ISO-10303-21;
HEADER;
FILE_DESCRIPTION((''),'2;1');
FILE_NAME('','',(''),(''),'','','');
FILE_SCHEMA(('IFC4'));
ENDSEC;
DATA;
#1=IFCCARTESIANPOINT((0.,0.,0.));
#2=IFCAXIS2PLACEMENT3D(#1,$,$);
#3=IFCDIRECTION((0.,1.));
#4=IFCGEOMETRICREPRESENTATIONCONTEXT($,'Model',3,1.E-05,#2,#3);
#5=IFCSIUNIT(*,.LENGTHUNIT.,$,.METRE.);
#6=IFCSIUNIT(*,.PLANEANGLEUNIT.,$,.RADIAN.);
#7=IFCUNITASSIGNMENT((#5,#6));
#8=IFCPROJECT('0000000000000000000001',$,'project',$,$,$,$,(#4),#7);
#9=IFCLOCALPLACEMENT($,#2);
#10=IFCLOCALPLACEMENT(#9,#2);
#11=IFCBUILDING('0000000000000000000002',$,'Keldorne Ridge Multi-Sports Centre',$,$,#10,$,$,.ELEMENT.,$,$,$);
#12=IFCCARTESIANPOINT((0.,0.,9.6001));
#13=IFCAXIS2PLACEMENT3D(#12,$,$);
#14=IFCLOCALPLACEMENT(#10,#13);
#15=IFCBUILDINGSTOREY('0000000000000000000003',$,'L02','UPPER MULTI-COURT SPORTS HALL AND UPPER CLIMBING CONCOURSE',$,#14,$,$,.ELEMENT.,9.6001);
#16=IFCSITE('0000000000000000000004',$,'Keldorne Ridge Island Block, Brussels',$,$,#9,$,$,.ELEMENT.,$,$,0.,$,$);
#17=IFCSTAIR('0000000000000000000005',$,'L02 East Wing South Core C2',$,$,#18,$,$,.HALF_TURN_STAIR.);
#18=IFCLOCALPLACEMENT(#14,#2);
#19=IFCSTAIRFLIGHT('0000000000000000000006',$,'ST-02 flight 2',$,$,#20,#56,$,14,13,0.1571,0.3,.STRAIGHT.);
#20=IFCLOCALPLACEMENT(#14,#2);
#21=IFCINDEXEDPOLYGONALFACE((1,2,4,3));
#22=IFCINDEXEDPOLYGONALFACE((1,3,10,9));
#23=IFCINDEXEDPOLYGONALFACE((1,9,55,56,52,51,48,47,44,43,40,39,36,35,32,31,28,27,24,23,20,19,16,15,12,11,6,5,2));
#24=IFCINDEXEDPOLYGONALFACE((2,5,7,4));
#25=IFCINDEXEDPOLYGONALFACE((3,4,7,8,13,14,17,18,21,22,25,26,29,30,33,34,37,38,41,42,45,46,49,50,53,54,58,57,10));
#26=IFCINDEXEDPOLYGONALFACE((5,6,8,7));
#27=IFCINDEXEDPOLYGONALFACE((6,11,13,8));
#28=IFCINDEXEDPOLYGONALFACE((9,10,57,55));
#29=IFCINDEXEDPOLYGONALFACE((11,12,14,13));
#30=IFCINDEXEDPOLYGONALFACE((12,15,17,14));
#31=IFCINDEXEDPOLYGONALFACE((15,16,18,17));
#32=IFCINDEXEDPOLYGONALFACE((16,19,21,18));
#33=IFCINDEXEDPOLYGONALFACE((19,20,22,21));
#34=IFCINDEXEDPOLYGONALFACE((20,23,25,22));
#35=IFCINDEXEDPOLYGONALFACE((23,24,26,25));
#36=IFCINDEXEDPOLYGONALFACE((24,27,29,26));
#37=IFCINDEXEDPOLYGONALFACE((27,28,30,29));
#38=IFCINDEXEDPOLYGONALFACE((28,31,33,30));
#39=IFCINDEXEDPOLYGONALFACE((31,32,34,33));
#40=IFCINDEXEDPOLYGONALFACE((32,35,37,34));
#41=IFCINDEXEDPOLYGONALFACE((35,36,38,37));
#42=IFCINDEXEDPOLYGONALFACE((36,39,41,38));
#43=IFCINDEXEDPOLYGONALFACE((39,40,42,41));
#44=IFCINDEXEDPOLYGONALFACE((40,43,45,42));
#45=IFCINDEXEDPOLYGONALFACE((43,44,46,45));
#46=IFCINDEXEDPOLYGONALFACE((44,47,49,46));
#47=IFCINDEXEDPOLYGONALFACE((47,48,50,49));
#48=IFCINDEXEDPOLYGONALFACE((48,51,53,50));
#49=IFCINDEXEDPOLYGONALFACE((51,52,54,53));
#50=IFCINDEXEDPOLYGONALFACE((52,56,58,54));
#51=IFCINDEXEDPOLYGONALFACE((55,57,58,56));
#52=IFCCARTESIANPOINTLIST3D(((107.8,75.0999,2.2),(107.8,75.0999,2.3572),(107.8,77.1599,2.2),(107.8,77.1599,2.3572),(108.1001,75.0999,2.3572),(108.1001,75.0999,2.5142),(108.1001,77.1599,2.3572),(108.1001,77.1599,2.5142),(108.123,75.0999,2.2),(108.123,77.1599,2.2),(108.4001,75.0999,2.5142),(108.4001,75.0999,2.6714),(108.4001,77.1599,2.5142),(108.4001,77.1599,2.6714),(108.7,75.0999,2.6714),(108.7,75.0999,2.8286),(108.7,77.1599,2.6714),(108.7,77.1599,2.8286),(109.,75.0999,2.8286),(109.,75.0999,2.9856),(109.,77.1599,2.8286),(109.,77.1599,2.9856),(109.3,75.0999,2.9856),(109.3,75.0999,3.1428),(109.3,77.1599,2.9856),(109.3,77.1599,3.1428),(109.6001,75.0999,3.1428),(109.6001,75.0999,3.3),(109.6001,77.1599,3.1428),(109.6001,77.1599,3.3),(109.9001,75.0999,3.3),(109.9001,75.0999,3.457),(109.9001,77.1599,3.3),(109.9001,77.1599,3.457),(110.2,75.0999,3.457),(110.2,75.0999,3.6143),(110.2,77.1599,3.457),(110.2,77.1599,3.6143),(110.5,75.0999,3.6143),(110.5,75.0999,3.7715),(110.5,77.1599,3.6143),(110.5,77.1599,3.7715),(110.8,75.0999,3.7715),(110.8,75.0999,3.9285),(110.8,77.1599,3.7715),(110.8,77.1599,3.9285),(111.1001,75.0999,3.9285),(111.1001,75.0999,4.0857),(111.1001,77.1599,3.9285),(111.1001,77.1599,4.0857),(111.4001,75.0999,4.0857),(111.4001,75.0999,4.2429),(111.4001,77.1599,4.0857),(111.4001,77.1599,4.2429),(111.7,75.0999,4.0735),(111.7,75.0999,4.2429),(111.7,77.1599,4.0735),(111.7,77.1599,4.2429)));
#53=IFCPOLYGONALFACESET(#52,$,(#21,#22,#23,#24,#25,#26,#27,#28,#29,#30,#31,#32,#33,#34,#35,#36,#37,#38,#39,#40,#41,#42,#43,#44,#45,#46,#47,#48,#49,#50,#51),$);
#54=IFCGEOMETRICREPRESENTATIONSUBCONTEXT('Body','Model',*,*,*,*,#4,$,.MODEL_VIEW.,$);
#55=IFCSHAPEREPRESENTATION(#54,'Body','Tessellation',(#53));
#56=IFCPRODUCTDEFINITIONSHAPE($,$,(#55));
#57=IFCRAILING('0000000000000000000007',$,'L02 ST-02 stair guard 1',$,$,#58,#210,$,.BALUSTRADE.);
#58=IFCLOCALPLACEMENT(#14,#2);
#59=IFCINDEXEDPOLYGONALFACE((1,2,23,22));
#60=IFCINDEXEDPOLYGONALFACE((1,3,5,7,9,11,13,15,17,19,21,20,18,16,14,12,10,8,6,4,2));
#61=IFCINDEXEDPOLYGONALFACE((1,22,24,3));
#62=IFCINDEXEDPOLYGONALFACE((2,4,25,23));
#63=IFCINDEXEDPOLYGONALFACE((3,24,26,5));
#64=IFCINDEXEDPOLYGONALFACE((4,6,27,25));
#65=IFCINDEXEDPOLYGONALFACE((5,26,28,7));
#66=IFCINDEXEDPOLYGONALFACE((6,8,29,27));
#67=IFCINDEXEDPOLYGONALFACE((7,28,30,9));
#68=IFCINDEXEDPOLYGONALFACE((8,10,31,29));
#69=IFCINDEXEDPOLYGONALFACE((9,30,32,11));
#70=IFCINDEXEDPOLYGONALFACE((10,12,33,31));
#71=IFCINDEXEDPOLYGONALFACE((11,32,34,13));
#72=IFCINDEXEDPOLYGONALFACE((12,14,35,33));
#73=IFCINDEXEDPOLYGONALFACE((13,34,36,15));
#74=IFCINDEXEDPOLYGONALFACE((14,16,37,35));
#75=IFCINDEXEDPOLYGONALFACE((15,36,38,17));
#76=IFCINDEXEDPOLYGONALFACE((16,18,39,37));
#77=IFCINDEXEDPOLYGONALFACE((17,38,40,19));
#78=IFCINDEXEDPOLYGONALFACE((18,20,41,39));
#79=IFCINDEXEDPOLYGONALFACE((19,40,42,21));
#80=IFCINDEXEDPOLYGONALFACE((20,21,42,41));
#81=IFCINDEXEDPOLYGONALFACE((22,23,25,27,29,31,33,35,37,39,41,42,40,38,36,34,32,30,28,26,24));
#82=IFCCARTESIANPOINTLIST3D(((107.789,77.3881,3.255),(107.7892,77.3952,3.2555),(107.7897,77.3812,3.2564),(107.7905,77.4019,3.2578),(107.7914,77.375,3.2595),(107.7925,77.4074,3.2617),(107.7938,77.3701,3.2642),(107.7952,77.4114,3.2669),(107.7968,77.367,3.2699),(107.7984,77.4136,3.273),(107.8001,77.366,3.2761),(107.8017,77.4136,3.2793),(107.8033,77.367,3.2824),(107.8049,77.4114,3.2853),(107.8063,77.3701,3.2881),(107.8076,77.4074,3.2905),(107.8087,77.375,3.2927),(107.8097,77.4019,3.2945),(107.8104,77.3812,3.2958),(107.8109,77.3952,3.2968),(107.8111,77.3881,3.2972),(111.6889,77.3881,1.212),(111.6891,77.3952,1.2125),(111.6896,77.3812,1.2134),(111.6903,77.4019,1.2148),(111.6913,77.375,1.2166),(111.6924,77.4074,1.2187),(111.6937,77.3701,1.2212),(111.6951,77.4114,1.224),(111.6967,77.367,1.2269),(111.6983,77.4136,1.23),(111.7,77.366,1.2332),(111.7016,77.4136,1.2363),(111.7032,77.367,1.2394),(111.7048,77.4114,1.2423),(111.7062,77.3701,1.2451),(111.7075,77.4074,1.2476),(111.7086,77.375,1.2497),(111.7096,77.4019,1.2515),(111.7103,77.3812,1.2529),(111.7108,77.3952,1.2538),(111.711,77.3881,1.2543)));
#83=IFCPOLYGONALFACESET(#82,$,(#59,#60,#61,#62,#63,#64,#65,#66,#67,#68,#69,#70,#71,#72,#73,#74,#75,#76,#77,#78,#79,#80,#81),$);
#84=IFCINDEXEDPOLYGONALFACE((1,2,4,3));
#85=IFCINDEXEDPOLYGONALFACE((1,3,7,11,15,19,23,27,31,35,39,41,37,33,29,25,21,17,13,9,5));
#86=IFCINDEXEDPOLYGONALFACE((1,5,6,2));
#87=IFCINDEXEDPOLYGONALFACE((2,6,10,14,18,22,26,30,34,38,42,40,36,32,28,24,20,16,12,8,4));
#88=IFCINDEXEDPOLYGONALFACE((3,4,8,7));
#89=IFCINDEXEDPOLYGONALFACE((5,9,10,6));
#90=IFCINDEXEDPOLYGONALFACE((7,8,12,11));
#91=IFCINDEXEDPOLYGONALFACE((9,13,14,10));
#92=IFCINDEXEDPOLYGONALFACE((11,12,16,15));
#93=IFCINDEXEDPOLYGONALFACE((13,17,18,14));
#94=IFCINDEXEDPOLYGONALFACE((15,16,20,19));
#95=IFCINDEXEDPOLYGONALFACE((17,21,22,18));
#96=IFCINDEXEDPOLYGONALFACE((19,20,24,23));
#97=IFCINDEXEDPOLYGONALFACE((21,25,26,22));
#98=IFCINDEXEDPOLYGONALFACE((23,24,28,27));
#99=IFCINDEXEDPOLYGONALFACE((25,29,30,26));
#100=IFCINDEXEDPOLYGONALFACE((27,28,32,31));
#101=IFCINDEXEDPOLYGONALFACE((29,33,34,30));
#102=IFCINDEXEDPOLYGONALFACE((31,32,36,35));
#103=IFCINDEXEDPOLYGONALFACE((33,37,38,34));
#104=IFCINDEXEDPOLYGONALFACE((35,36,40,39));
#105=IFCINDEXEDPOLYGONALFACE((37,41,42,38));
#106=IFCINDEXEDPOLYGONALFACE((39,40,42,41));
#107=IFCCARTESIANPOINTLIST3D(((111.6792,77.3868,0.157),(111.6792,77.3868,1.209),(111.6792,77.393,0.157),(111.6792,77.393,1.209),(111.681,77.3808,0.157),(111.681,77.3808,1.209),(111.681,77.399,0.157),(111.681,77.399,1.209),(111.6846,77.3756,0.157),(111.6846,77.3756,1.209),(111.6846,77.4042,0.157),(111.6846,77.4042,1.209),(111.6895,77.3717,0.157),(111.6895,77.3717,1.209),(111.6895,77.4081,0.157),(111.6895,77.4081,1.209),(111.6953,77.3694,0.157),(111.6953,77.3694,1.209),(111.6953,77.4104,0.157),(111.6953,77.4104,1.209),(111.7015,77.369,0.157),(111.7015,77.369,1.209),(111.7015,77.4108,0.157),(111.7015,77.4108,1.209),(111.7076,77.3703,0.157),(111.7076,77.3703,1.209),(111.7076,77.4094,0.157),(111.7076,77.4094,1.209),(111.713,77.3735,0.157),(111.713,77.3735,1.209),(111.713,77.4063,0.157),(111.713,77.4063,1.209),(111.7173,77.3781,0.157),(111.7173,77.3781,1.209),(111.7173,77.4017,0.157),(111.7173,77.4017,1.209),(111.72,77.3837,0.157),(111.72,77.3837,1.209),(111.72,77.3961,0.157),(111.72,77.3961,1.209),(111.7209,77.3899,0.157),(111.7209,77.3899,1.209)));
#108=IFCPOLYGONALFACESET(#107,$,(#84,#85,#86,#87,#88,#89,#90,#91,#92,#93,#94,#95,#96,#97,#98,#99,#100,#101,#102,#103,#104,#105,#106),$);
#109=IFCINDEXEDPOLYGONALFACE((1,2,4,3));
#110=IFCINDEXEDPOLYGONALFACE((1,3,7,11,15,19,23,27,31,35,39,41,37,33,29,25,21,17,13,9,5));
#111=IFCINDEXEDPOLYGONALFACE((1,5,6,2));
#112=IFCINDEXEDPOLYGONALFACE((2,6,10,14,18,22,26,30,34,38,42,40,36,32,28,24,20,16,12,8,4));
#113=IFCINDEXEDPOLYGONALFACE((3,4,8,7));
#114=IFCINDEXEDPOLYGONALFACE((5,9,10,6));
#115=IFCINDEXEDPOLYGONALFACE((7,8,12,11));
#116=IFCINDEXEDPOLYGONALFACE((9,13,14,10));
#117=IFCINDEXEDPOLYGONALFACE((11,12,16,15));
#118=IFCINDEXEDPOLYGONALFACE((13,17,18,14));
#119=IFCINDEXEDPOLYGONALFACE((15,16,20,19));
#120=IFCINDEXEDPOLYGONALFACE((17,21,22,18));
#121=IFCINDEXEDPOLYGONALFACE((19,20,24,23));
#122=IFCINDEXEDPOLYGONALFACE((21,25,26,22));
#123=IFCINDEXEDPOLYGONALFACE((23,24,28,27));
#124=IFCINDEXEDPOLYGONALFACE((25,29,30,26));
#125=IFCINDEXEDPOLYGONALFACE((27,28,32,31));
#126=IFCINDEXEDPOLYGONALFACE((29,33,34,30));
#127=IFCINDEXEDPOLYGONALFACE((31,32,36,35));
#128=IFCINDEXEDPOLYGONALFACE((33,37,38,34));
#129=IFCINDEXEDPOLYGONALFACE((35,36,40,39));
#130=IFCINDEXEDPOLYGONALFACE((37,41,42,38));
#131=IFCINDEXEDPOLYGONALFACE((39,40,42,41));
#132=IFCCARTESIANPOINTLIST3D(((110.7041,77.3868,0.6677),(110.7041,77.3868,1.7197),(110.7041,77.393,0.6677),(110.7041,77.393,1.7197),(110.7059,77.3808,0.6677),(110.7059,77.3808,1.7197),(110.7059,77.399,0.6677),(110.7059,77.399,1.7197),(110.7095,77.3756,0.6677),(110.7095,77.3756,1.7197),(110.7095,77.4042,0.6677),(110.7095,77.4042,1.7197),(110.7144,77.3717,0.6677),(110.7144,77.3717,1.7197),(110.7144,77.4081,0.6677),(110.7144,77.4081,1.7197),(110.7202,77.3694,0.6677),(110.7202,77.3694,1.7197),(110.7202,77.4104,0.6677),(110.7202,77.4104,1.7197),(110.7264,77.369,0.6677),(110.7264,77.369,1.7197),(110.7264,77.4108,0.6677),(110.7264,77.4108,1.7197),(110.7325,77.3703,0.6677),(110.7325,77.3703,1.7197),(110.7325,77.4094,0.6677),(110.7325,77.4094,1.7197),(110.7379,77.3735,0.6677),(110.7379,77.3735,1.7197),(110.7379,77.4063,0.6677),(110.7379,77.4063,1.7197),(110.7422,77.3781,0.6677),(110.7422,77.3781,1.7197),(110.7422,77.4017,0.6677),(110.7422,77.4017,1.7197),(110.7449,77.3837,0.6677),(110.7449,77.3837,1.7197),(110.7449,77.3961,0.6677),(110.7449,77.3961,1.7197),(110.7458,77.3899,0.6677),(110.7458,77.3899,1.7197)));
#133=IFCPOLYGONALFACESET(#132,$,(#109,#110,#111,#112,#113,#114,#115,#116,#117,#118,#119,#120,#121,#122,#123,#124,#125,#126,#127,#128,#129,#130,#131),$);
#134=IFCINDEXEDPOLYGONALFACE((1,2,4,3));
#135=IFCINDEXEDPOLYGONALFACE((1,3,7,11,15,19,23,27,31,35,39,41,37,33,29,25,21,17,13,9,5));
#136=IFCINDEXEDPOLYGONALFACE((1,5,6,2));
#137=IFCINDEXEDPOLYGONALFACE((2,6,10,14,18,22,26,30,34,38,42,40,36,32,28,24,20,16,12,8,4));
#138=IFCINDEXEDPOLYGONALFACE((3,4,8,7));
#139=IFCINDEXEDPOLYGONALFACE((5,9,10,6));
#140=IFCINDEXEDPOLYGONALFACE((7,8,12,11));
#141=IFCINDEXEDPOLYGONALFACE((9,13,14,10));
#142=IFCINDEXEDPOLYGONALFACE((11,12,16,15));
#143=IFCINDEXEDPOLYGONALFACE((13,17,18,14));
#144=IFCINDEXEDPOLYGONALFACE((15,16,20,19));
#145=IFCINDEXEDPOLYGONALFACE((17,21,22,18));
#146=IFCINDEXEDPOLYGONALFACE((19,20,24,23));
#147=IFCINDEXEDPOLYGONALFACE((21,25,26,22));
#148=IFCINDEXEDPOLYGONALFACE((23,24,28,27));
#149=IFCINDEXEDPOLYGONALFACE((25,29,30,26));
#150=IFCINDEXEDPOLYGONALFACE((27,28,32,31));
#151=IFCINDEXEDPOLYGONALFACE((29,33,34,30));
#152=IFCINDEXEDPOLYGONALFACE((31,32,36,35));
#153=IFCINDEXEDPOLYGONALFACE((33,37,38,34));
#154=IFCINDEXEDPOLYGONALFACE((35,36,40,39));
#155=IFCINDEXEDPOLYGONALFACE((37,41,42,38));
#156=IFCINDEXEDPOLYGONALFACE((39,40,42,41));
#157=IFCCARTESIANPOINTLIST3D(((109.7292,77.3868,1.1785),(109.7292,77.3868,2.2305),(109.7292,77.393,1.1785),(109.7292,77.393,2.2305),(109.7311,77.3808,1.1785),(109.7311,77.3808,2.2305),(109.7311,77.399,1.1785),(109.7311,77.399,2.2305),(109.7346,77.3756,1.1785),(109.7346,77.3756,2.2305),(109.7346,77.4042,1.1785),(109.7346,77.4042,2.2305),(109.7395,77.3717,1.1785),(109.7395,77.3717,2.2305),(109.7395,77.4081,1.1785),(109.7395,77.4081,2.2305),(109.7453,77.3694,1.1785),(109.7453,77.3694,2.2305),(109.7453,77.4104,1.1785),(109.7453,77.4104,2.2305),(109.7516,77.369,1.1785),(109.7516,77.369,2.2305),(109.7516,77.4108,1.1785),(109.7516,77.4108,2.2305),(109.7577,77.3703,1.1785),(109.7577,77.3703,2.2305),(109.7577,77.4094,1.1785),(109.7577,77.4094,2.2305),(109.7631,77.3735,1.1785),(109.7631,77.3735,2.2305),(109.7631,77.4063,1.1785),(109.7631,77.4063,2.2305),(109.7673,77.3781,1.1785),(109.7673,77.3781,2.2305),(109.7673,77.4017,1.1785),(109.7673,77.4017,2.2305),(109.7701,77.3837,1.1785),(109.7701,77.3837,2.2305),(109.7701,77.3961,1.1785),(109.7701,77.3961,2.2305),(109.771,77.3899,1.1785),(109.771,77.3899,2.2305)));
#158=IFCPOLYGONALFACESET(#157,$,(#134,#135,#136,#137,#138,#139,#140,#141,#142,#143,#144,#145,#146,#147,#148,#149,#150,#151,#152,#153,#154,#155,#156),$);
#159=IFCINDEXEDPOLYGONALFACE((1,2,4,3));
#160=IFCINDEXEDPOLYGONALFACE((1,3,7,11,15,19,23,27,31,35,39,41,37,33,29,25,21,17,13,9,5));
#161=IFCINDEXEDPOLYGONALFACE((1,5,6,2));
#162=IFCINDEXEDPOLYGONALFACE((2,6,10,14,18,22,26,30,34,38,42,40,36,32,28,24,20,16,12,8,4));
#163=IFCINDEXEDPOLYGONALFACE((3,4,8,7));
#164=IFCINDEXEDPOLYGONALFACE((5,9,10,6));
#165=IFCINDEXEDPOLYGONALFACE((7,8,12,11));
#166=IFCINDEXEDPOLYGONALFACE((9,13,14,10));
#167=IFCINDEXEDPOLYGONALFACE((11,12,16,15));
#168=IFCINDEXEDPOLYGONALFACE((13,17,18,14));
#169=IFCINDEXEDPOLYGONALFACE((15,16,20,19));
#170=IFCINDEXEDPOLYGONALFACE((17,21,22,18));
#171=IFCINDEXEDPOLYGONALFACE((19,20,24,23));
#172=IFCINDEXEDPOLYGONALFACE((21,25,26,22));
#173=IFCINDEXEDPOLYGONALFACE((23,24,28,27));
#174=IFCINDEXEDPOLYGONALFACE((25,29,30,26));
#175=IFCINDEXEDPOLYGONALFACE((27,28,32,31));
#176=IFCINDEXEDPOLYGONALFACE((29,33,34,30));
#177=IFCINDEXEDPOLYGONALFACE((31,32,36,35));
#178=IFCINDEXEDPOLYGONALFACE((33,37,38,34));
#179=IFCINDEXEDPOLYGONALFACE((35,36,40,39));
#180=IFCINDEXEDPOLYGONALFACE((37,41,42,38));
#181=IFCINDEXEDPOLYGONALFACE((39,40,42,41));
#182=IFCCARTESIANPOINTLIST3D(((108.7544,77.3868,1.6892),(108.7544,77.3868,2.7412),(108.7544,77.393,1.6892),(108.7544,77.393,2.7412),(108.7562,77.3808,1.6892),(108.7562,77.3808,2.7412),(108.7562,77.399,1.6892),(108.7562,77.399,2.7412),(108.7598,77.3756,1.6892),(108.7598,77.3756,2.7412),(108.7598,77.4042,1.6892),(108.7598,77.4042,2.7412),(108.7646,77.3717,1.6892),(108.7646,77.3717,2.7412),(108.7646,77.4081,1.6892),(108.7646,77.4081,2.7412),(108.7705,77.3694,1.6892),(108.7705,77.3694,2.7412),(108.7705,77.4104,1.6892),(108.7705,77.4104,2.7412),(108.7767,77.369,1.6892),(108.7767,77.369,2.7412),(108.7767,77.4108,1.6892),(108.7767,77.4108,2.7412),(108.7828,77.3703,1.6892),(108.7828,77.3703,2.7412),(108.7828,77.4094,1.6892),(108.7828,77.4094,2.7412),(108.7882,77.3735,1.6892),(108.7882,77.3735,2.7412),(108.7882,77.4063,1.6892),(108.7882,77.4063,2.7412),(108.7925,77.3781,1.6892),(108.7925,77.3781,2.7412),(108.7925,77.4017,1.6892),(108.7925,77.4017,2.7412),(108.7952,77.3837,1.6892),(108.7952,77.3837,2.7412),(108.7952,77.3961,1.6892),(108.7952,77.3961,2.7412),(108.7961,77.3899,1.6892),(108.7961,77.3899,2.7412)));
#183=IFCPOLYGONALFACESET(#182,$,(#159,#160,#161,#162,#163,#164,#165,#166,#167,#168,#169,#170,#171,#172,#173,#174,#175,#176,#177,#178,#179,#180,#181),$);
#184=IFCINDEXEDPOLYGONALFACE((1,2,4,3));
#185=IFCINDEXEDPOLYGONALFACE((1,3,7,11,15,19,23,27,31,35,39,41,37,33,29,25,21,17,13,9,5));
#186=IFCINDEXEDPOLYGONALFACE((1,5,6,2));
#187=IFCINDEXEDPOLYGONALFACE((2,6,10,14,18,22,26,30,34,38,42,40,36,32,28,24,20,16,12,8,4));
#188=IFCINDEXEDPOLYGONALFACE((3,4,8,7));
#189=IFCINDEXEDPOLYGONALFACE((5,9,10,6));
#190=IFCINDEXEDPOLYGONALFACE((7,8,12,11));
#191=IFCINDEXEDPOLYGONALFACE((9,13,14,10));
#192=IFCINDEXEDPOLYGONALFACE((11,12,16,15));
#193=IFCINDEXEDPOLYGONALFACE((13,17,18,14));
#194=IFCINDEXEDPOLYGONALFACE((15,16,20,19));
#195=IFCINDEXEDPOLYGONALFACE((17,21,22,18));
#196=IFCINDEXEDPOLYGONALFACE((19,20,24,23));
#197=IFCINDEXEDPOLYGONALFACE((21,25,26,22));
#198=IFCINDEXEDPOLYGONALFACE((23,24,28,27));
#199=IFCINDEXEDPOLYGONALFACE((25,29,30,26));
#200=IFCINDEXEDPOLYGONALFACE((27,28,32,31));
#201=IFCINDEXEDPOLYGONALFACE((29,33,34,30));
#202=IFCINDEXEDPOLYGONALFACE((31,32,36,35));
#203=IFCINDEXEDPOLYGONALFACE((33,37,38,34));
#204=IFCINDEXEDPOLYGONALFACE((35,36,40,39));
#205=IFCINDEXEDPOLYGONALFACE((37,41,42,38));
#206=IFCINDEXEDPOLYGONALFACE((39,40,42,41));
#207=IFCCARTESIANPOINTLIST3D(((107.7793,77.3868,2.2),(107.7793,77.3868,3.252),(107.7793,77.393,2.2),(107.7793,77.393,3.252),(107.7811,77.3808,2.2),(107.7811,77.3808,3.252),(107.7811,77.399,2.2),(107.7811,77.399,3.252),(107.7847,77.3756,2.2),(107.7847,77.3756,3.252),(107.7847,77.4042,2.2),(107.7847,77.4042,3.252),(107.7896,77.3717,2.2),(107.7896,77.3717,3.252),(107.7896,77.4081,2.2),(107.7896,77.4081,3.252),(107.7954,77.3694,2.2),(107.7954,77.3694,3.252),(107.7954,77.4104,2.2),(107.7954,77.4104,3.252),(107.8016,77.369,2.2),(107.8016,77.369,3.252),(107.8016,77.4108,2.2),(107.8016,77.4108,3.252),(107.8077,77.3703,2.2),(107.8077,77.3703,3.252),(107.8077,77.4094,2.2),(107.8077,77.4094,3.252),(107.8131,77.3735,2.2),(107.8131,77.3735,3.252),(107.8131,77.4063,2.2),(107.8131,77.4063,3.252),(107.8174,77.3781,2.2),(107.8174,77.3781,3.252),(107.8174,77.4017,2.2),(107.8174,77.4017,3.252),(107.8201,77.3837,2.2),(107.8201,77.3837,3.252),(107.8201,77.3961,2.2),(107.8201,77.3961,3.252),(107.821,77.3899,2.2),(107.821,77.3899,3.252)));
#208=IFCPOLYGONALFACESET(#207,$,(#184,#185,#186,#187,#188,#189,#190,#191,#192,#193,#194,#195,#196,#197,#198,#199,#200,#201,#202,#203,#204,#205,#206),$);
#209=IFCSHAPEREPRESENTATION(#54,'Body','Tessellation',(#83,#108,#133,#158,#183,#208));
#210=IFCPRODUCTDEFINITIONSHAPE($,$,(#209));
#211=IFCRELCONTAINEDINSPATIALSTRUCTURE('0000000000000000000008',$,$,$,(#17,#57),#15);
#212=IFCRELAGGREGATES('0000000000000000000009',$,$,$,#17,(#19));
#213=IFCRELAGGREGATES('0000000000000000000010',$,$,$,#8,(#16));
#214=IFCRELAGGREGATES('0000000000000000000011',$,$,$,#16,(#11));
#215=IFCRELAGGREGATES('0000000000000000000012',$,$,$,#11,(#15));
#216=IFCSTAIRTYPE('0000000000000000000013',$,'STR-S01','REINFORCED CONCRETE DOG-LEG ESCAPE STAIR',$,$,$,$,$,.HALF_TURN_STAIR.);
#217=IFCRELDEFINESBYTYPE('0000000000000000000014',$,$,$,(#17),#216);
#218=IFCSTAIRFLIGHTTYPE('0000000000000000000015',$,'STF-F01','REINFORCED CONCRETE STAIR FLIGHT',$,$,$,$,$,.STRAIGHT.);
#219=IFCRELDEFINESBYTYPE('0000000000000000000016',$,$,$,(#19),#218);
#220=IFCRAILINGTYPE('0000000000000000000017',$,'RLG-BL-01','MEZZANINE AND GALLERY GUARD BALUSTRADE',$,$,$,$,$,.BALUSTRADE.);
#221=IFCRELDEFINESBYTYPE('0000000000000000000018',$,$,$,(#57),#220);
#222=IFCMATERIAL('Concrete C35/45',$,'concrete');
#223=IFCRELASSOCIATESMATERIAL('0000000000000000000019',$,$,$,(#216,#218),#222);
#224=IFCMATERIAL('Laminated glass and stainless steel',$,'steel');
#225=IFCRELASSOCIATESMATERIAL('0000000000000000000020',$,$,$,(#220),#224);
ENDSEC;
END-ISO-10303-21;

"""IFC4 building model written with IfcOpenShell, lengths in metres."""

from ifc_helpers import new_model, si_unit, direction, frame, origin, origin_2d, place, context, subcontext, project, spatial, polyline, circle, outline, extrude, material, type_object, element, aggregate, save


model = new_model("IFC4")

# Units and contexts
model_context = context("Model", 3, precision=1e-05, world=origin(), true_north=direction((0.0, 1.0)))
body_context = subcontext(model_context, "Body", "Model", "MODEL_VIEW")
ifc_project = project(units=[si_unit("LENGTHUNIT", "METRE"), si_unit("PLANEANGLEUNIT", "RADIAN")], contexts=[model_context])

# Site, building, storey
site_placement = place(None, origin())
site = spatial("IfcSite", under=ifc_project, at=site_placement, Name="Keldorne Ridge Island Block, Brussels", CompositionType="ELEMENT", RefElevation=0.0)
building_placement = place(site_placement, origin())
building = spatial("IfcBuilding", under=site, at=building_placement, Name="Keldorne Ridge Multi-Sports Centre", CompositionType="ELEMENT")
storey_placement = place(building_placement, frame((0.0, 0.0, 9.6001)))
storey = spatial("IfcBuildingStorey", under=building, at=storey_placement, Name="L02", Description="UPPER MULTI-COURT SPORTS HALL AND UPPER CLIMBING CONCOURSE", CompositionType="ELEMENT", Elevation=9.6001)

# Stair, stair flight
ifc_material_1 = material(Name="Concrete C35/45", Category="concrete")
stair_type = type_object("IfcStairType", Name="STR-S01", Description="REINFORCED CONCRETE DOG-LEG ESCAPE STAIR", PredefinedType="HALF_TURN_STAIR", material=ifc_material_1)
stair_placement = place(storey_placement, origin())
stair = element("IfcStair", 1, at=stair_placement, inside=storey, type_object=stair_type, Name="L02 East Wing South Core C2", PredefinedType="HALF_TURN_STAIR")
stair_flight_type = type_object("IfcStairFlightType", Name="STF-F01", Description="REINFORCED CONCRETE STAIR FLIGHT", PredefinedType="STRAIGHT", material=ifc_material_1)
stair_flight_1_placement = place(storey_placement, frame((107.8, 76.1299, 2.2), z_axis=(0.0, 0.0, 1.0), x_axis=(1.0, 0.0, 0.0)))
stair_flight_1 = element("IfcStairFlight", 2, at=stair_flight_1_placement, type_object=stair_flight_type, Name="ST-02 flight 2", NumberOfRisers=14, NumberOfTreads=13, PredefinedType="STRAIGHT", RiserHeight=0.1571, TreadLength=0.3, context=body_context, shape_type="SweptSolid", body=[
    extrude(outline(polyline([(0.0, 0.0), (0.0, 0.1572), (0.3, 0.1572), (0.3, 0.3142), (0.6001, 0.3142), (0.6001, 0.4714), (0.8999, 0.4714), (0.8999, 0.6287), (1.2, 0.6287), (1.2, 0.7856), (1.5, 0.7856), (1.5, 0.9429), (1.8, 0.9429), (1.8, 1.1001), (2.1001, 1.1001), (2.1001, 1.2571), (2.3999, 1.2571), (2.3999, 1.4143), (2.7, 1.4143), (2.7, 1.5715), (3.0, 1.5715), (3.0, 1.7285), (3.3, 1.7285), (3.3, 1.8857), (3.6001, 1.8857), (3.6001, 2.043), (3.8999, 2.043), (3.8999, 2.2), (3.8999, 1.8735), (0.323, 0.0), (0.0, 0.0)])), frame((0.0, 1.03, 0.0), z_axis=(0.0, -1.0, 0.0), x_axis=(1.0, 0.0, 0.0)), (0.0, 0.0, 1.0), 2.0601),
])
aggregate(stair, [stair_flight_1])

# Railing
ifc_material_2 = material(Name="Laminated glass and stainless steel", Category="steel")
railing_type_1 = type_object("IfcRailingType", Name="RLG-BL-01", Description="MEZZANINE AND GALLERY GUARD BALUSTRADE", PredefinedType="BALUSTRADE", material=ifc_material_2)
railing_1_placement = place(storey_placement, frame((111.7, 77.3899, 0.157)))
element("IfcRailing", 3, at=railing_1_placement, inside=storey, type_object=railing_type_1, Name="L02 ST-02 stair guard 1", PredefinedType="BALUSTRADE", context=body_context, shape_type="SweptSolid", body=[
    extrude(circle(Radius=0.0239, at=origin_2d()), frame((0.0, 0.0, 1.0762), z_axis=(-0.885816, 0.0, 0.464036), x_axis=(0.0, -1.0, 0.0)), (0.0, 0.0, 1.0), 4.4026),
    extrude(circle(Radius=0.021, at=origin_2d()), origin(), (0.0, 0.0, 1.0), 1.052),
    extrude(circle(Radius=0.021, at=origin_2d()), frame((-0.9751, 0.0, 0.5107)), (0.0, 0.0, 1.0), 1.052),
    extrude(circle(Radius=0.021, at=origin_2d()), frame((-1.95, 0.0, 1.0215)), (0.0, 0.0, 1.0), 1.052),
    extrude(circle(Radius=0.021, at=origin_2d()), frame((-2.9248, 0.0, 1.5322)), (0.0, 0.0, 1.0), 1.052),
    extrude(circle(Radius=0.021, at=origin_2d()), frame((-3.8999, 0.0, 2.043)), (0.0, 0.0, 1.0), 1.052),
])

save(model, "model.ifc")
